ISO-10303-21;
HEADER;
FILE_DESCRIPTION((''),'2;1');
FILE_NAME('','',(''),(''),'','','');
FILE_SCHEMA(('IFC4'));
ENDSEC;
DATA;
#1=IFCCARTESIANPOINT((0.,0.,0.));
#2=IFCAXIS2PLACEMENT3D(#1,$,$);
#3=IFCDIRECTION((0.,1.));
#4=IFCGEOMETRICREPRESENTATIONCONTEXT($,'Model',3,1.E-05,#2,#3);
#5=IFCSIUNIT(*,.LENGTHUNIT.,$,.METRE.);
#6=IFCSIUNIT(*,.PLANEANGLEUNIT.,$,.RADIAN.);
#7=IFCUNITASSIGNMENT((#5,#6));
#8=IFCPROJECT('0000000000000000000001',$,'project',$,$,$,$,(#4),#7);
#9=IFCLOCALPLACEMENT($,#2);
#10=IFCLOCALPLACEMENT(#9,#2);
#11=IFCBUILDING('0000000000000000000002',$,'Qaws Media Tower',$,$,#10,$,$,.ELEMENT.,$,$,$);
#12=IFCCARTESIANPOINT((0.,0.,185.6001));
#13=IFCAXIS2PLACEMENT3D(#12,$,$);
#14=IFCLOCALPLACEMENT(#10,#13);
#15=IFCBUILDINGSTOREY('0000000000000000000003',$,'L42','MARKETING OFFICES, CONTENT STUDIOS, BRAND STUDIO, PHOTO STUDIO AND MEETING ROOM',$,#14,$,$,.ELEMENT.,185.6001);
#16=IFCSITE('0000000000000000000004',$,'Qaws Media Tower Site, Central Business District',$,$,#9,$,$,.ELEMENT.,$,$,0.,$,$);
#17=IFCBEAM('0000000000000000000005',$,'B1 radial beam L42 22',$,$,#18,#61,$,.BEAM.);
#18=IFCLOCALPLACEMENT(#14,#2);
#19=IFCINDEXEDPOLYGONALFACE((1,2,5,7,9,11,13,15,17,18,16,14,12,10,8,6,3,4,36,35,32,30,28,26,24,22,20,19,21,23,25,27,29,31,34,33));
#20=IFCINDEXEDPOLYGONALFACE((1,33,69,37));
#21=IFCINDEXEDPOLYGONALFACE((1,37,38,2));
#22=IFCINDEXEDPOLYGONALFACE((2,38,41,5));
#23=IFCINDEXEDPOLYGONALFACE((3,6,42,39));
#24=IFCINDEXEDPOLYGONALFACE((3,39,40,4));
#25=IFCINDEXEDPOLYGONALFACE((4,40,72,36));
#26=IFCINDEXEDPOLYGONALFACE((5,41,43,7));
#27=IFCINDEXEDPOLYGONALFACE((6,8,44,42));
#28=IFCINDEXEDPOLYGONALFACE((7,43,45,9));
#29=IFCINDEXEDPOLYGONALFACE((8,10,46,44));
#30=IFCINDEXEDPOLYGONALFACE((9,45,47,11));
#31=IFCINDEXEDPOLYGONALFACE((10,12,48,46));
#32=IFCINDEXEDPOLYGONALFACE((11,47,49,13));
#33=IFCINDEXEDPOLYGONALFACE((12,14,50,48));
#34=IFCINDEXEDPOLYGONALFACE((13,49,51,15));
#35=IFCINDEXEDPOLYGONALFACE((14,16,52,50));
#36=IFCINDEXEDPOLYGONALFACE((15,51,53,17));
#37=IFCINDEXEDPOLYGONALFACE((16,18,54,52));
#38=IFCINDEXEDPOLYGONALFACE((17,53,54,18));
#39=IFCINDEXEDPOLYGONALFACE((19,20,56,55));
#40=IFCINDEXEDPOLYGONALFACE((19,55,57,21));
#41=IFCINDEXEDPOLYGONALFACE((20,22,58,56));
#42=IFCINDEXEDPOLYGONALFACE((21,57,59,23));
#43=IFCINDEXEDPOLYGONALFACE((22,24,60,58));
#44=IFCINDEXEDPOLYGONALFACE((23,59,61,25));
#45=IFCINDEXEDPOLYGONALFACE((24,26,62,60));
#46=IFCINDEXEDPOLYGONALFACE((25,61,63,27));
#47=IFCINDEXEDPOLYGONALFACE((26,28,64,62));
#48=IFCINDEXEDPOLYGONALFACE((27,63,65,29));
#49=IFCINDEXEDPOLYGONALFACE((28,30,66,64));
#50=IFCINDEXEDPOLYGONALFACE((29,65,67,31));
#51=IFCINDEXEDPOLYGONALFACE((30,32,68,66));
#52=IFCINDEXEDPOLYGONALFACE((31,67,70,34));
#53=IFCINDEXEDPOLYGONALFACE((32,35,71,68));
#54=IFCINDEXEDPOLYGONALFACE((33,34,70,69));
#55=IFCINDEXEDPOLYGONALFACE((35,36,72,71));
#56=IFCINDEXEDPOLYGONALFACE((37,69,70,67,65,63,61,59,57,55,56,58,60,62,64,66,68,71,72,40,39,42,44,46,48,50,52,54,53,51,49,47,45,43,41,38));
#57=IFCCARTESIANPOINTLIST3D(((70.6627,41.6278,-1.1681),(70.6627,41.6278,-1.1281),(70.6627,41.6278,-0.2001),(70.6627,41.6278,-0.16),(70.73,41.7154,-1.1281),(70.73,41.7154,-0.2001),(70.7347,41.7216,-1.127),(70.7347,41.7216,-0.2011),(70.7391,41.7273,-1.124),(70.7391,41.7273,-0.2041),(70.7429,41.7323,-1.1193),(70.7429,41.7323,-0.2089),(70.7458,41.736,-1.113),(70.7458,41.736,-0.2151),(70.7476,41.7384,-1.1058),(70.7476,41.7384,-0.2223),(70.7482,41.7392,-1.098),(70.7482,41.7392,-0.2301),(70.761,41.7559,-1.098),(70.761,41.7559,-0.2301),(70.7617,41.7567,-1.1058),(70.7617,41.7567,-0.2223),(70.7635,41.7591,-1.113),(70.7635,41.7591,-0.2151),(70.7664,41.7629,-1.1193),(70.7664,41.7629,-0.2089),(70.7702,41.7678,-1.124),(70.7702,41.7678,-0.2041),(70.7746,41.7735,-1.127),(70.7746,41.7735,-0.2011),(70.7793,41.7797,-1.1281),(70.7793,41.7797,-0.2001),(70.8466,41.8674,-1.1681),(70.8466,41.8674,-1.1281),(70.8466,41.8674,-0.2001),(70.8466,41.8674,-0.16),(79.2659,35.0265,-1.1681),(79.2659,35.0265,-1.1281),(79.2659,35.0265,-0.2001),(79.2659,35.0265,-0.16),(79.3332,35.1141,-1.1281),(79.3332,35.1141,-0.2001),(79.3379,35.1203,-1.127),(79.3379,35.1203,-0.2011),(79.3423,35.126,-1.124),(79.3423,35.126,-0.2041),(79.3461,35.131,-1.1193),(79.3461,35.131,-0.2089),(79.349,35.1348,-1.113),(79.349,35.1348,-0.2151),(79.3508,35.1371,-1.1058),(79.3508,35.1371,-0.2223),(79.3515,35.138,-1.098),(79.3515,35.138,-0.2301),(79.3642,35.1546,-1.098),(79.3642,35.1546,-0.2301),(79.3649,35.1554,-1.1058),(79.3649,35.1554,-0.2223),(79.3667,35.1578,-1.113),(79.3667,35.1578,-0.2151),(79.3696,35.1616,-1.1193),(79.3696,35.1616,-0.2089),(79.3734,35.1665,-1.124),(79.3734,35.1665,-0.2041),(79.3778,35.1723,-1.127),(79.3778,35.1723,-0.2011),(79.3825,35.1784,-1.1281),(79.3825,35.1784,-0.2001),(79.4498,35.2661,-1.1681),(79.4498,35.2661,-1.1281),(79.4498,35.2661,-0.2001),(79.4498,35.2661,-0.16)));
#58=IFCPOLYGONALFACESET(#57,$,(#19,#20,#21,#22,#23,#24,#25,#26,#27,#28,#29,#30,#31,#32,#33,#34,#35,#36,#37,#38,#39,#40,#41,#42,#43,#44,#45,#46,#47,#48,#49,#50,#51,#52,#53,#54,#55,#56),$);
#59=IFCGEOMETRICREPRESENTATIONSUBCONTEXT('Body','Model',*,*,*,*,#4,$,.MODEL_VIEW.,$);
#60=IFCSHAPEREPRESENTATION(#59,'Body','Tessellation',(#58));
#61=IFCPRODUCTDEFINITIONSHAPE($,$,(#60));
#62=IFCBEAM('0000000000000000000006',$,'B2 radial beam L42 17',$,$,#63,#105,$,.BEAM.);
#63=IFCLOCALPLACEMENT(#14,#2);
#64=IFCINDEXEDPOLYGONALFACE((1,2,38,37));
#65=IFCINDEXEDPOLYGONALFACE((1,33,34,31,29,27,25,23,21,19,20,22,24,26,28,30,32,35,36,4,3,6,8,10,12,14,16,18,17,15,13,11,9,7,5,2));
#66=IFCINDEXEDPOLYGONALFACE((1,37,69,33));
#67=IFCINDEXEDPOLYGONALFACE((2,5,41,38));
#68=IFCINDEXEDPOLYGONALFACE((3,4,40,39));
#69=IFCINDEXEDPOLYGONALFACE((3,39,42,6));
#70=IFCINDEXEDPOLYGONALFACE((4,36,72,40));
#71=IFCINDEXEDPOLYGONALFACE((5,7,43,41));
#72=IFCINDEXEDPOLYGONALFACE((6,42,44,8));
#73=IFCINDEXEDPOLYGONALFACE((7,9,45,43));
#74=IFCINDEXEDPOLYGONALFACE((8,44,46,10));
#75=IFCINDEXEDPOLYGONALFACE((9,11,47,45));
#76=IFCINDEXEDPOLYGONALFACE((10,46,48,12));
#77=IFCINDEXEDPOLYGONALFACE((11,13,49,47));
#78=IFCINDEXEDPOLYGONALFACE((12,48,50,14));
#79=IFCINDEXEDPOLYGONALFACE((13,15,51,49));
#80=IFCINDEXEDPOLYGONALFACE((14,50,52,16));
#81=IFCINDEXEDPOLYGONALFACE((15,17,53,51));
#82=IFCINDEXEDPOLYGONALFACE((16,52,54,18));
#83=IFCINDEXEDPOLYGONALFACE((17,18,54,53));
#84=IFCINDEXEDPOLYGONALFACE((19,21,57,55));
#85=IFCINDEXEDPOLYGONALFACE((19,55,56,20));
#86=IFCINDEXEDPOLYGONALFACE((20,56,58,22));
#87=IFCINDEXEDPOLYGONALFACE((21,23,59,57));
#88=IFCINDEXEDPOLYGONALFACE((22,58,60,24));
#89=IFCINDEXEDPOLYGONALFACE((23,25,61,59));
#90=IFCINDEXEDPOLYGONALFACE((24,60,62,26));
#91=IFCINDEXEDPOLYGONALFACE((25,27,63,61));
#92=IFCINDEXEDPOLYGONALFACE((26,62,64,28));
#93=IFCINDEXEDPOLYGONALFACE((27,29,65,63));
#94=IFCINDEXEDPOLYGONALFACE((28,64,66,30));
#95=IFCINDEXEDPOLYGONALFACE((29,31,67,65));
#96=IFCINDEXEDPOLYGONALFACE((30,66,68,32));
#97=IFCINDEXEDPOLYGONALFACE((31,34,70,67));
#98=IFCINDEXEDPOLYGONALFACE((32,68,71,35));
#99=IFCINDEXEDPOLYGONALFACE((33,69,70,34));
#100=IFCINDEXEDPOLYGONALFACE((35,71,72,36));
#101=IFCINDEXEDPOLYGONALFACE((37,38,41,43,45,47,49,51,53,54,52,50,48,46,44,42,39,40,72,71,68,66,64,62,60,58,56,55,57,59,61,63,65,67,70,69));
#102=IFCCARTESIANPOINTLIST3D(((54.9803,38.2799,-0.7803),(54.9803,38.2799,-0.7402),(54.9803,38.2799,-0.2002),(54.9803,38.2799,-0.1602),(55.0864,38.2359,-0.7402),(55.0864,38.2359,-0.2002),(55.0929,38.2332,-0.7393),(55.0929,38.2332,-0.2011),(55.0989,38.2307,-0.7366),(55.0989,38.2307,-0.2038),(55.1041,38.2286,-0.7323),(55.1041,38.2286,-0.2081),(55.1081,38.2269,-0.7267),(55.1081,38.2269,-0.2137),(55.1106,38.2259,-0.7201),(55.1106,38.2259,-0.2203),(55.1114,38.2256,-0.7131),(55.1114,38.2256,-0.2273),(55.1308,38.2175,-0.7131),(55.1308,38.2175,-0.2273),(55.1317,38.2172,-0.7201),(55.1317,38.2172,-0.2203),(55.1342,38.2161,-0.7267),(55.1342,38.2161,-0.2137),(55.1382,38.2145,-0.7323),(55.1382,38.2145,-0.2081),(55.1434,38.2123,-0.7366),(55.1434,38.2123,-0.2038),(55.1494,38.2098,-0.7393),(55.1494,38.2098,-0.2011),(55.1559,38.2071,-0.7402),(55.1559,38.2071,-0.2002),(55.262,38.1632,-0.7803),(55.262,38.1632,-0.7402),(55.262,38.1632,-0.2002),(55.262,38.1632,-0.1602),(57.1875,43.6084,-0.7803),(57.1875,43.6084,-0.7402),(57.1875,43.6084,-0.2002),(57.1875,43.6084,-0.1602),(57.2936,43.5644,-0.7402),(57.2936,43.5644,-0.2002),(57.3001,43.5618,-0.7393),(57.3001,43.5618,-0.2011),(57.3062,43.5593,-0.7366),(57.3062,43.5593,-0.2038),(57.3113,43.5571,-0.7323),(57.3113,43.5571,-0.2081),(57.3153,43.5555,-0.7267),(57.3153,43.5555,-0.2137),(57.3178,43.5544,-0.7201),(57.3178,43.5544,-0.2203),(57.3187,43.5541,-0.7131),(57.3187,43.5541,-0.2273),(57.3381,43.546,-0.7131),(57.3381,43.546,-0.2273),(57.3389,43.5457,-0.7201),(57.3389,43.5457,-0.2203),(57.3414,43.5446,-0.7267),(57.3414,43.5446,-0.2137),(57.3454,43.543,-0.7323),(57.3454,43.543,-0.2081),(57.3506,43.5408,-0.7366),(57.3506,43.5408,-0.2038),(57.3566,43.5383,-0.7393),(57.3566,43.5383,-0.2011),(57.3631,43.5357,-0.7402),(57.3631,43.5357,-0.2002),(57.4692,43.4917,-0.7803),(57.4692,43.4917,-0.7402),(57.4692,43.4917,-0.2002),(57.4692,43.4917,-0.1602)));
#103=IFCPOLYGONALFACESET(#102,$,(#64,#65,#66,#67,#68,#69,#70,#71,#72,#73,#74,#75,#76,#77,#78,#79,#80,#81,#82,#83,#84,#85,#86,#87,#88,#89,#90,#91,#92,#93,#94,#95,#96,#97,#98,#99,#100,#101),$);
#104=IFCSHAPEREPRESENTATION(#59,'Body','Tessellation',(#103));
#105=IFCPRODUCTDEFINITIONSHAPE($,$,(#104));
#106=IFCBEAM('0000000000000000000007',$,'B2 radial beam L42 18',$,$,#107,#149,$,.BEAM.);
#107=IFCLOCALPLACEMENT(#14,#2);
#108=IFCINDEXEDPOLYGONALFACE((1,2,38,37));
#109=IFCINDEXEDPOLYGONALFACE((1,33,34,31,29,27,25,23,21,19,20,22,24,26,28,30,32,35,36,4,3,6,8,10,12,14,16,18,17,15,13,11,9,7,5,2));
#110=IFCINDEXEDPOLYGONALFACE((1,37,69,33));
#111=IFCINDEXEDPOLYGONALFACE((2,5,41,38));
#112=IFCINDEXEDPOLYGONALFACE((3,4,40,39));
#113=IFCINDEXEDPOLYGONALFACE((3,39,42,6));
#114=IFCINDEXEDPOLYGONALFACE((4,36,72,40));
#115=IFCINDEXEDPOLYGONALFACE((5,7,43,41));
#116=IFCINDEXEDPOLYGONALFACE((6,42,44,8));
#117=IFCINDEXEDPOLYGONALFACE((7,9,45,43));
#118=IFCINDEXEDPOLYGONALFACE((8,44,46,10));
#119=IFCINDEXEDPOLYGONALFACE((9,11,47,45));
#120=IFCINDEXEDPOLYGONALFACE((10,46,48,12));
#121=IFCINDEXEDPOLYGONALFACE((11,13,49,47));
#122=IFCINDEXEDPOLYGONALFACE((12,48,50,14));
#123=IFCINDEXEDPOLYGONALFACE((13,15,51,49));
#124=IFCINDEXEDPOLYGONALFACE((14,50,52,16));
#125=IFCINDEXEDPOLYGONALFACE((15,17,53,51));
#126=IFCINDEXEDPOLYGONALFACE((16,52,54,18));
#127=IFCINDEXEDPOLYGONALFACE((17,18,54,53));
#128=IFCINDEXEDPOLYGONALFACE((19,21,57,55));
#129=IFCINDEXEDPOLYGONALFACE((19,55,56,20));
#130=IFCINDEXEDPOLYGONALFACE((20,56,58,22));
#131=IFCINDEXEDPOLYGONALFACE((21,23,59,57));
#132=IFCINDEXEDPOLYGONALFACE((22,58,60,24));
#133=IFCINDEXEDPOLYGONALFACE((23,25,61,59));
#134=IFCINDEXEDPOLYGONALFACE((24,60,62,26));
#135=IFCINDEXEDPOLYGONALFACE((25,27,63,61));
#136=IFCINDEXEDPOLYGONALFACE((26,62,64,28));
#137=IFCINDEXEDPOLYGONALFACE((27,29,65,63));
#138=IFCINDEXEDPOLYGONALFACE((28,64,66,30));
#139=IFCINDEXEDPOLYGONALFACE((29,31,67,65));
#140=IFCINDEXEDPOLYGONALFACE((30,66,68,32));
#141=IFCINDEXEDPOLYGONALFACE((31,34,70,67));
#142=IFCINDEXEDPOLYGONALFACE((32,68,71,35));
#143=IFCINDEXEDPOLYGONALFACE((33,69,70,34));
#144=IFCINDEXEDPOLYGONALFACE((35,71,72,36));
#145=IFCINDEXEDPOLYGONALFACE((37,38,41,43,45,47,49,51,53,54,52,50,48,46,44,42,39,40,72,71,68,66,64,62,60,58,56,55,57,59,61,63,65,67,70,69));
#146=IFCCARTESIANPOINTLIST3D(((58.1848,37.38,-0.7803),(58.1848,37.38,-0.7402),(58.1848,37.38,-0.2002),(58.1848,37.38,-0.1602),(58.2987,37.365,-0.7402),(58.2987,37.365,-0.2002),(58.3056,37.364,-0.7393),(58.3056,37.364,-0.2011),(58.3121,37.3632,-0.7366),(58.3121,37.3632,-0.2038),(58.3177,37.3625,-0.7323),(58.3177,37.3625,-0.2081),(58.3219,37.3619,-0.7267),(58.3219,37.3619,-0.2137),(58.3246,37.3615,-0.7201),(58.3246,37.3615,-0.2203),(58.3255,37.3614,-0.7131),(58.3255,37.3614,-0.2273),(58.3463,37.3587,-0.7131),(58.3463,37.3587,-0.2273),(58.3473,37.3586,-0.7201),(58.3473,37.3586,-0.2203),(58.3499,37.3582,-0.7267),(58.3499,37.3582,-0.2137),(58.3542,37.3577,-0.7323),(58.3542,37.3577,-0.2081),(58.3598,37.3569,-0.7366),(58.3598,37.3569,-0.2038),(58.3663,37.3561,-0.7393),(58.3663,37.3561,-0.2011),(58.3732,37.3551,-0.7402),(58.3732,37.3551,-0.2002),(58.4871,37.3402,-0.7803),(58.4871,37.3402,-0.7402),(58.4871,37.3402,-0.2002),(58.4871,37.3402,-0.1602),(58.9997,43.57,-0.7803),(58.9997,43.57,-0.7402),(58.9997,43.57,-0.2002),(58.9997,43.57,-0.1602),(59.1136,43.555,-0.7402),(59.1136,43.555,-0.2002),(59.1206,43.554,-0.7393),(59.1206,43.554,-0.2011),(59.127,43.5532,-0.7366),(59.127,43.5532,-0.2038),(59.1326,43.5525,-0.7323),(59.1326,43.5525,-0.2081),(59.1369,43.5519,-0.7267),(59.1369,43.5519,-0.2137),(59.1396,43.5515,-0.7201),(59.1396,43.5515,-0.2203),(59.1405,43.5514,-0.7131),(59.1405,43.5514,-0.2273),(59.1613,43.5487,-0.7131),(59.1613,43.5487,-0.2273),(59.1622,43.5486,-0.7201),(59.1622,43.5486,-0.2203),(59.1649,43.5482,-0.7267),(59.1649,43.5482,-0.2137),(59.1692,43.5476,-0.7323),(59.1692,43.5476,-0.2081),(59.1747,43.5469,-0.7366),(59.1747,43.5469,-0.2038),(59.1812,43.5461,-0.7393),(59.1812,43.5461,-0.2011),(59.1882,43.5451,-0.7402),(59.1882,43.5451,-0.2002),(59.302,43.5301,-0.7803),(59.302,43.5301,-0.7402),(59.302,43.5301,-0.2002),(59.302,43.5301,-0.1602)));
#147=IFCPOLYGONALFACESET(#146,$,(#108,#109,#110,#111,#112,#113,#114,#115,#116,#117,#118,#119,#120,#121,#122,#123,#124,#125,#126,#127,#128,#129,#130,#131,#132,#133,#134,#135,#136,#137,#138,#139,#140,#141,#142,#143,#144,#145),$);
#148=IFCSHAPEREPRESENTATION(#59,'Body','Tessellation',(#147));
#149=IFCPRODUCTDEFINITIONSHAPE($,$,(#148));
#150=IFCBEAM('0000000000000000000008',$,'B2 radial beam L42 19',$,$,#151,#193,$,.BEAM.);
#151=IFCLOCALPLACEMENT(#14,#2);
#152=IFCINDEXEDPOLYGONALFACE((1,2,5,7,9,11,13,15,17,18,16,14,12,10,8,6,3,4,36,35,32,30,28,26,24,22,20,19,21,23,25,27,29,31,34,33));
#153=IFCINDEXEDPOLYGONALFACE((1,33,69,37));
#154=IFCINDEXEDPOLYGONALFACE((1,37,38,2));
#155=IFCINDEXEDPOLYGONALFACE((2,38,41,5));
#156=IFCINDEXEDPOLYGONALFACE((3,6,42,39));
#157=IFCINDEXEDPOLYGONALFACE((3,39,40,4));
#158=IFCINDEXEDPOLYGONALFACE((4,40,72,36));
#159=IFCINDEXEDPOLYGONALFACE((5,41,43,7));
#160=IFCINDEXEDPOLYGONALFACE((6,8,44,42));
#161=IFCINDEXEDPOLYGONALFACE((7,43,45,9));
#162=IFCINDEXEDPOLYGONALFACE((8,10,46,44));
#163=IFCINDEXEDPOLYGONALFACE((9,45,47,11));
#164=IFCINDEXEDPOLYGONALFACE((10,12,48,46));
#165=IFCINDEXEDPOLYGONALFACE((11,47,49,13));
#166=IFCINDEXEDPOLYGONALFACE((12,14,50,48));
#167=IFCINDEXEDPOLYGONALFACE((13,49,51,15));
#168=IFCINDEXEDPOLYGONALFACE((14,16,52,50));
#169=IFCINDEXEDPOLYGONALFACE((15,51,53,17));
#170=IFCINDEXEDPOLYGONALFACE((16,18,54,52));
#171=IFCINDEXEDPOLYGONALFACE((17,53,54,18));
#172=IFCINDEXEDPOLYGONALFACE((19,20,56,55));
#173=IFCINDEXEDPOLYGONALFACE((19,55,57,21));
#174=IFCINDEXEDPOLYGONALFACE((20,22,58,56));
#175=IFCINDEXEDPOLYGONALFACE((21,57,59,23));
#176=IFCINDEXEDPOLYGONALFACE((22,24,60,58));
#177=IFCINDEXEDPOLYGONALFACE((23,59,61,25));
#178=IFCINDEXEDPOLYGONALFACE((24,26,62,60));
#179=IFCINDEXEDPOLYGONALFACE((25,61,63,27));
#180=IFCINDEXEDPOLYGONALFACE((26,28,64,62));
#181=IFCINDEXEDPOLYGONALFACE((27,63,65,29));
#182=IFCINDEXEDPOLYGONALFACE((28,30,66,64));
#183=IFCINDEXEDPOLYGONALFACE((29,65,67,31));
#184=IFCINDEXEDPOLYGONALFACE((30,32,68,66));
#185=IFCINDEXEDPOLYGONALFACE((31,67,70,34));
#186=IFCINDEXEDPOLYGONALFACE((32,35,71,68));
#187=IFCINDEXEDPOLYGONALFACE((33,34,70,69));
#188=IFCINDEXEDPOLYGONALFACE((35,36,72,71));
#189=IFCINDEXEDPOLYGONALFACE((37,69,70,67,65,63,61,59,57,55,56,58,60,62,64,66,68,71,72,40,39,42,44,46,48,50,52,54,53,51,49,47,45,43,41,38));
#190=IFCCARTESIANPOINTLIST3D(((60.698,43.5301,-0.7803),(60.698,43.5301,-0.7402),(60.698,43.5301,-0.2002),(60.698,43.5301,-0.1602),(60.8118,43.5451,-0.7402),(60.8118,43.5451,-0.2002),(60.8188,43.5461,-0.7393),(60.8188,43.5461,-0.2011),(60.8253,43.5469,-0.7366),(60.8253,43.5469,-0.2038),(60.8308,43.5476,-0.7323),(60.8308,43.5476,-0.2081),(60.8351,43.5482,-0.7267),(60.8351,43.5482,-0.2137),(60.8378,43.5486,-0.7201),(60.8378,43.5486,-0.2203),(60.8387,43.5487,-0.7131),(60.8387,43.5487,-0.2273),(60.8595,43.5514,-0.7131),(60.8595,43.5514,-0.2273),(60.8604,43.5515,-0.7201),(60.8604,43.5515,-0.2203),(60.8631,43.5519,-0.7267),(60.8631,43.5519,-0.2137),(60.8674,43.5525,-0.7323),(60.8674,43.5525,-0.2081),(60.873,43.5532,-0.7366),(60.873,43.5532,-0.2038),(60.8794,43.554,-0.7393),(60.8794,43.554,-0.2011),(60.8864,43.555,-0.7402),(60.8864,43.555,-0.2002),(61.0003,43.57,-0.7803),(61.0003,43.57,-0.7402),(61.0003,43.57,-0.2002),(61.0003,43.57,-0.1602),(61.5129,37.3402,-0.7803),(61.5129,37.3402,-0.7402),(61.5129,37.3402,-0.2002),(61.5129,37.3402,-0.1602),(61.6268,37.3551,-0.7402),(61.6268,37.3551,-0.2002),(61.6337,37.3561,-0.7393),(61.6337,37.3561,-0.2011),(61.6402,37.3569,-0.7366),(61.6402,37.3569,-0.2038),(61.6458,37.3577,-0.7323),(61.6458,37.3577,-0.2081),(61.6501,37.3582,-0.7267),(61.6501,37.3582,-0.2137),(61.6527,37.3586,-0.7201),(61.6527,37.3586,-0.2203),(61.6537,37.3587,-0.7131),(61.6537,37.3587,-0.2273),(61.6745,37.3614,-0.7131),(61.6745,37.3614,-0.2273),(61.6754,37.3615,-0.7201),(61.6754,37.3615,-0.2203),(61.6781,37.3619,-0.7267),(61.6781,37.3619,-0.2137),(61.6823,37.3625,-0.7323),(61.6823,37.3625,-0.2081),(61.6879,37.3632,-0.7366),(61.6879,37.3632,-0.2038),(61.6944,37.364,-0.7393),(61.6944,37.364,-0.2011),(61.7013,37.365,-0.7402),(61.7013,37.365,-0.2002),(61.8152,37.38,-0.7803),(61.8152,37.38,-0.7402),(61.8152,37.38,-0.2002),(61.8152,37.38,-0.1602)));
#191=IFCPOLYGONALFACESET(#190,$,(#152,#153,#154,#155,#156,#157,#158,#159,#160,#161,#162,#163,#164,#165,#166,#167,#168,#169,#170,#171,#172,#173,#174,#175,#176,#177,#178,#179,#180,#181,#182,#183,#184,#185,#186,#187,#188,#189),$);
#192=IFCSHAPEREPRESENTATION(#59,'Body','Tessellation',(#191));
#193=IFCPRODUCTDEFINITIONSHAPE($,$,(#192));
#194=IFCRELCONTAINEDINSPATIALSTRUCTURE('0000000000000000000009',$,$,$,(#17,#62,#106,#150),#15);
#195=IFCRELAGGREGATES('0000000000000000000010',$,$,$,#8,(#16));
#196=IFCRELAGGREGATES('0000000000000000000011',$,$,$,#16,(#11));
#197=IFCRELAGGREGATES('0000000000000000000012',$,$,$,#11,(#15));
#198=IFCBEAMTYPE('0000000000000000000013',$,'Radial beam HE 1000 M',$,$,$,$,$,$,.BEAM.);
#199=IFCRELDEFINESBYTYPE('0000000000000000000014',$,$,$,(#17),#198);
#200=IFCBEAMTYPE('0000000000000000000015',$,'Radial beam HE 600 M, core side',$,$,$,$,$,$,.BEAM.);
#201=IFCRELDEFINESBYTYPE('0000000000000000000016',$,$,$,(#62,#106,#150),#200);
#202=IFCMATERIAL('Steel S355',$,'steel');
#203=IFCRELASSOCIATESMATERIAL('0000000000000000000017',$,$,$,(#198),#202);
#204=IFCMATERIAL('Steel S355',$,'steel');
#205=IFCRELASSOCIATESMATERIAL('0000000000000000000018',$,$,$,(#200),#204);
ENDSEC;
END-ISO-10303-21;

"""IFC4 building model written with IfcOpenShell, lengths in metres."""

from ifc_helpers import new_model, si_unit, direction, frame, origin, origin_2d, place, context, subcontext, project, spatial, i_section, extrude, material, material_profile, profile_set, type_object, element, save


model = new_model("IFC4")

# Units and contexts
model_context = context("Model", 3, precision=1e-05, world=origin(), true_north=direction((0.0, 1.0)))
body_context = subcontext(model_context, "Body", "Model", "MODEL_VIEW")
ifc_project = project(units=[si_unit("LENGTHUNIT", "METRE"), si_unit("PLANEANGLEUNIT", "RADIAN")], contexts=[model_context])

# Site, building, storey
site_placement = place(None, origin())
site = spatial("IfcSite", under=ifc_project, at=site_placement, Name="Qaws Media Tower Site, Central Business District", CompositionType="ELEMENT", RefElevation=0.0)
building_placement = place(site_placement, origin())
building = spatial("IfcBuilding", under=site, at=building_placement, Name="Qaws Media Tower", CompositionType="ELEMENT")
storey_placement = place(building_placement, frame((0.0, 0.0, 185.6001)))
storey = spatial("IfcBuildingStorey", under=building, at=storey_placement, Name="L42", Description="MARKETING OFFICES, CONTENT STUDIOS, BRAND STUDIO, PHOTO STUDIO AND MEETING ROOM", CompositionType="ELEMENT", Elevation=185.6001)

# Beams
ifc_material_1 = material(Name="Steel S355", Category="steel")
ifc_material_profile_1 = material_profile(ifc_material_1, i_section(OverallWidth=0.302, OverallDepth=1.0081, WebThickness=0.021, FlangeThickness=0.04, FilletRadius=0.03, at=origin_2d()), Name="HE 1000 M")
ifc_profile_set_1 = profile_set([ifc_material_profile_1], Name="Steel S355")
beam_type_1 = type_object("IfcBeamType", Name="Radial beam HE 1000 M", PredefinedType="BEAM", material=ifc_profile_set_1)
for number, where, z_axis, x_axis, name in (
    (1, (70.7546, 41.7476, -0.6641), (0.793362, -0.60875, 0.0), (0.60875, 0.793362, 0.0), "B1 radial beam L42 22"),
):
    element("IfcBeam", number, at=place(storey_placement, frame(where, z_axis=z_axis, x_axis=x_axis)), inside=storey, type_object=beam_type_1, Name=name, PredefinedType="BEAM", context=body_context, shape_type="SweptSolid", body=[
        extrude(i_section(OverallWidth=0.302, OverallDepth=1.0081, WebThickness=0.021, FlangeThickness=0.04, FilletRadius=0.03, at=origin_2d()), origin(), (0.0, 0.0, 1.0), 10.844),
    ])
ifc_material_2 = material(Name="Steel S355", Category="steel")
ifc_material_profile_2 = material_profile(ifc_material_2, i_section(OverallWidth=0.3049, OverallDepth=0.6201, WebThickness=0.021, FlangeThickness=0.04, FilletRadius=0.0271, at=origin_2d()), Name="HE 600 M")
ifc_profile_set_2 = profile_set([ifc_material_profile_2], Name="Steel S355")
beam_type_2 = type_object("IfcBeamType", Name="Radial beam HE 600 M, core side", PredefinedType="BEAM", material=ifc_profile_set_2)
beam_1_placement = place(storey_placement, frame((57.3284, 43.55, -0.4702), z_axis=(-0.382697, -0.923874, 0.0), x_axis=(0.923874, -0.382697, 0.0)))
element("IfcBeam", 2, at=beam_1_placement, inside=storey, type_object=beam_type_2, Name="B2 radial beam L42 17", PredefinedType="BEAM", context=body_context, shape_type="SweptSolid", body=[
    extrude(i_section(OverallWidth=0.3049, OverallDepth=0.6201, WebThickness=0.021, FlangeThickness=0.04, FilletRadius=0.0271, at=origin_2d()), origin(), (0.0, 0.0, 1.0), 5.7676),
])
for number, where, z_axis, x_axis, name in (
    (3, (59.1509, 43.55, -0.4702), (-0.130529, -0.991444, 0.0), (0.991444, -0.130529, 0.0), "B2 radial beam L42 18"),
    (4, (60.8491, 43.55, -0.4702), (0.130529, -0.991444, 0.0), (0.991444, 0.130529, 0.0), "B2 radial beam L42 19"),
):
    element("IfcBeam", number, at=place(storey_placement, frame(where, z_axis=z_axis, x_axis=x_axis)), inside=storey, type_object=beam_type_2, Name=name, PredefinedType="BEAM", context=body_context, shape_type="SweptSolid", body=[
        extrude(i_section(OverallWidth=0.3049, OverallDepth=0.6201, WebThickness=0.021, FlangeThickness=0.04, FilletRadius=0.0271, at=origin_2d()), origin(), (0.0, 0.0, 1.0), 6.2434),
    ])

save(model, "model.ifc")
